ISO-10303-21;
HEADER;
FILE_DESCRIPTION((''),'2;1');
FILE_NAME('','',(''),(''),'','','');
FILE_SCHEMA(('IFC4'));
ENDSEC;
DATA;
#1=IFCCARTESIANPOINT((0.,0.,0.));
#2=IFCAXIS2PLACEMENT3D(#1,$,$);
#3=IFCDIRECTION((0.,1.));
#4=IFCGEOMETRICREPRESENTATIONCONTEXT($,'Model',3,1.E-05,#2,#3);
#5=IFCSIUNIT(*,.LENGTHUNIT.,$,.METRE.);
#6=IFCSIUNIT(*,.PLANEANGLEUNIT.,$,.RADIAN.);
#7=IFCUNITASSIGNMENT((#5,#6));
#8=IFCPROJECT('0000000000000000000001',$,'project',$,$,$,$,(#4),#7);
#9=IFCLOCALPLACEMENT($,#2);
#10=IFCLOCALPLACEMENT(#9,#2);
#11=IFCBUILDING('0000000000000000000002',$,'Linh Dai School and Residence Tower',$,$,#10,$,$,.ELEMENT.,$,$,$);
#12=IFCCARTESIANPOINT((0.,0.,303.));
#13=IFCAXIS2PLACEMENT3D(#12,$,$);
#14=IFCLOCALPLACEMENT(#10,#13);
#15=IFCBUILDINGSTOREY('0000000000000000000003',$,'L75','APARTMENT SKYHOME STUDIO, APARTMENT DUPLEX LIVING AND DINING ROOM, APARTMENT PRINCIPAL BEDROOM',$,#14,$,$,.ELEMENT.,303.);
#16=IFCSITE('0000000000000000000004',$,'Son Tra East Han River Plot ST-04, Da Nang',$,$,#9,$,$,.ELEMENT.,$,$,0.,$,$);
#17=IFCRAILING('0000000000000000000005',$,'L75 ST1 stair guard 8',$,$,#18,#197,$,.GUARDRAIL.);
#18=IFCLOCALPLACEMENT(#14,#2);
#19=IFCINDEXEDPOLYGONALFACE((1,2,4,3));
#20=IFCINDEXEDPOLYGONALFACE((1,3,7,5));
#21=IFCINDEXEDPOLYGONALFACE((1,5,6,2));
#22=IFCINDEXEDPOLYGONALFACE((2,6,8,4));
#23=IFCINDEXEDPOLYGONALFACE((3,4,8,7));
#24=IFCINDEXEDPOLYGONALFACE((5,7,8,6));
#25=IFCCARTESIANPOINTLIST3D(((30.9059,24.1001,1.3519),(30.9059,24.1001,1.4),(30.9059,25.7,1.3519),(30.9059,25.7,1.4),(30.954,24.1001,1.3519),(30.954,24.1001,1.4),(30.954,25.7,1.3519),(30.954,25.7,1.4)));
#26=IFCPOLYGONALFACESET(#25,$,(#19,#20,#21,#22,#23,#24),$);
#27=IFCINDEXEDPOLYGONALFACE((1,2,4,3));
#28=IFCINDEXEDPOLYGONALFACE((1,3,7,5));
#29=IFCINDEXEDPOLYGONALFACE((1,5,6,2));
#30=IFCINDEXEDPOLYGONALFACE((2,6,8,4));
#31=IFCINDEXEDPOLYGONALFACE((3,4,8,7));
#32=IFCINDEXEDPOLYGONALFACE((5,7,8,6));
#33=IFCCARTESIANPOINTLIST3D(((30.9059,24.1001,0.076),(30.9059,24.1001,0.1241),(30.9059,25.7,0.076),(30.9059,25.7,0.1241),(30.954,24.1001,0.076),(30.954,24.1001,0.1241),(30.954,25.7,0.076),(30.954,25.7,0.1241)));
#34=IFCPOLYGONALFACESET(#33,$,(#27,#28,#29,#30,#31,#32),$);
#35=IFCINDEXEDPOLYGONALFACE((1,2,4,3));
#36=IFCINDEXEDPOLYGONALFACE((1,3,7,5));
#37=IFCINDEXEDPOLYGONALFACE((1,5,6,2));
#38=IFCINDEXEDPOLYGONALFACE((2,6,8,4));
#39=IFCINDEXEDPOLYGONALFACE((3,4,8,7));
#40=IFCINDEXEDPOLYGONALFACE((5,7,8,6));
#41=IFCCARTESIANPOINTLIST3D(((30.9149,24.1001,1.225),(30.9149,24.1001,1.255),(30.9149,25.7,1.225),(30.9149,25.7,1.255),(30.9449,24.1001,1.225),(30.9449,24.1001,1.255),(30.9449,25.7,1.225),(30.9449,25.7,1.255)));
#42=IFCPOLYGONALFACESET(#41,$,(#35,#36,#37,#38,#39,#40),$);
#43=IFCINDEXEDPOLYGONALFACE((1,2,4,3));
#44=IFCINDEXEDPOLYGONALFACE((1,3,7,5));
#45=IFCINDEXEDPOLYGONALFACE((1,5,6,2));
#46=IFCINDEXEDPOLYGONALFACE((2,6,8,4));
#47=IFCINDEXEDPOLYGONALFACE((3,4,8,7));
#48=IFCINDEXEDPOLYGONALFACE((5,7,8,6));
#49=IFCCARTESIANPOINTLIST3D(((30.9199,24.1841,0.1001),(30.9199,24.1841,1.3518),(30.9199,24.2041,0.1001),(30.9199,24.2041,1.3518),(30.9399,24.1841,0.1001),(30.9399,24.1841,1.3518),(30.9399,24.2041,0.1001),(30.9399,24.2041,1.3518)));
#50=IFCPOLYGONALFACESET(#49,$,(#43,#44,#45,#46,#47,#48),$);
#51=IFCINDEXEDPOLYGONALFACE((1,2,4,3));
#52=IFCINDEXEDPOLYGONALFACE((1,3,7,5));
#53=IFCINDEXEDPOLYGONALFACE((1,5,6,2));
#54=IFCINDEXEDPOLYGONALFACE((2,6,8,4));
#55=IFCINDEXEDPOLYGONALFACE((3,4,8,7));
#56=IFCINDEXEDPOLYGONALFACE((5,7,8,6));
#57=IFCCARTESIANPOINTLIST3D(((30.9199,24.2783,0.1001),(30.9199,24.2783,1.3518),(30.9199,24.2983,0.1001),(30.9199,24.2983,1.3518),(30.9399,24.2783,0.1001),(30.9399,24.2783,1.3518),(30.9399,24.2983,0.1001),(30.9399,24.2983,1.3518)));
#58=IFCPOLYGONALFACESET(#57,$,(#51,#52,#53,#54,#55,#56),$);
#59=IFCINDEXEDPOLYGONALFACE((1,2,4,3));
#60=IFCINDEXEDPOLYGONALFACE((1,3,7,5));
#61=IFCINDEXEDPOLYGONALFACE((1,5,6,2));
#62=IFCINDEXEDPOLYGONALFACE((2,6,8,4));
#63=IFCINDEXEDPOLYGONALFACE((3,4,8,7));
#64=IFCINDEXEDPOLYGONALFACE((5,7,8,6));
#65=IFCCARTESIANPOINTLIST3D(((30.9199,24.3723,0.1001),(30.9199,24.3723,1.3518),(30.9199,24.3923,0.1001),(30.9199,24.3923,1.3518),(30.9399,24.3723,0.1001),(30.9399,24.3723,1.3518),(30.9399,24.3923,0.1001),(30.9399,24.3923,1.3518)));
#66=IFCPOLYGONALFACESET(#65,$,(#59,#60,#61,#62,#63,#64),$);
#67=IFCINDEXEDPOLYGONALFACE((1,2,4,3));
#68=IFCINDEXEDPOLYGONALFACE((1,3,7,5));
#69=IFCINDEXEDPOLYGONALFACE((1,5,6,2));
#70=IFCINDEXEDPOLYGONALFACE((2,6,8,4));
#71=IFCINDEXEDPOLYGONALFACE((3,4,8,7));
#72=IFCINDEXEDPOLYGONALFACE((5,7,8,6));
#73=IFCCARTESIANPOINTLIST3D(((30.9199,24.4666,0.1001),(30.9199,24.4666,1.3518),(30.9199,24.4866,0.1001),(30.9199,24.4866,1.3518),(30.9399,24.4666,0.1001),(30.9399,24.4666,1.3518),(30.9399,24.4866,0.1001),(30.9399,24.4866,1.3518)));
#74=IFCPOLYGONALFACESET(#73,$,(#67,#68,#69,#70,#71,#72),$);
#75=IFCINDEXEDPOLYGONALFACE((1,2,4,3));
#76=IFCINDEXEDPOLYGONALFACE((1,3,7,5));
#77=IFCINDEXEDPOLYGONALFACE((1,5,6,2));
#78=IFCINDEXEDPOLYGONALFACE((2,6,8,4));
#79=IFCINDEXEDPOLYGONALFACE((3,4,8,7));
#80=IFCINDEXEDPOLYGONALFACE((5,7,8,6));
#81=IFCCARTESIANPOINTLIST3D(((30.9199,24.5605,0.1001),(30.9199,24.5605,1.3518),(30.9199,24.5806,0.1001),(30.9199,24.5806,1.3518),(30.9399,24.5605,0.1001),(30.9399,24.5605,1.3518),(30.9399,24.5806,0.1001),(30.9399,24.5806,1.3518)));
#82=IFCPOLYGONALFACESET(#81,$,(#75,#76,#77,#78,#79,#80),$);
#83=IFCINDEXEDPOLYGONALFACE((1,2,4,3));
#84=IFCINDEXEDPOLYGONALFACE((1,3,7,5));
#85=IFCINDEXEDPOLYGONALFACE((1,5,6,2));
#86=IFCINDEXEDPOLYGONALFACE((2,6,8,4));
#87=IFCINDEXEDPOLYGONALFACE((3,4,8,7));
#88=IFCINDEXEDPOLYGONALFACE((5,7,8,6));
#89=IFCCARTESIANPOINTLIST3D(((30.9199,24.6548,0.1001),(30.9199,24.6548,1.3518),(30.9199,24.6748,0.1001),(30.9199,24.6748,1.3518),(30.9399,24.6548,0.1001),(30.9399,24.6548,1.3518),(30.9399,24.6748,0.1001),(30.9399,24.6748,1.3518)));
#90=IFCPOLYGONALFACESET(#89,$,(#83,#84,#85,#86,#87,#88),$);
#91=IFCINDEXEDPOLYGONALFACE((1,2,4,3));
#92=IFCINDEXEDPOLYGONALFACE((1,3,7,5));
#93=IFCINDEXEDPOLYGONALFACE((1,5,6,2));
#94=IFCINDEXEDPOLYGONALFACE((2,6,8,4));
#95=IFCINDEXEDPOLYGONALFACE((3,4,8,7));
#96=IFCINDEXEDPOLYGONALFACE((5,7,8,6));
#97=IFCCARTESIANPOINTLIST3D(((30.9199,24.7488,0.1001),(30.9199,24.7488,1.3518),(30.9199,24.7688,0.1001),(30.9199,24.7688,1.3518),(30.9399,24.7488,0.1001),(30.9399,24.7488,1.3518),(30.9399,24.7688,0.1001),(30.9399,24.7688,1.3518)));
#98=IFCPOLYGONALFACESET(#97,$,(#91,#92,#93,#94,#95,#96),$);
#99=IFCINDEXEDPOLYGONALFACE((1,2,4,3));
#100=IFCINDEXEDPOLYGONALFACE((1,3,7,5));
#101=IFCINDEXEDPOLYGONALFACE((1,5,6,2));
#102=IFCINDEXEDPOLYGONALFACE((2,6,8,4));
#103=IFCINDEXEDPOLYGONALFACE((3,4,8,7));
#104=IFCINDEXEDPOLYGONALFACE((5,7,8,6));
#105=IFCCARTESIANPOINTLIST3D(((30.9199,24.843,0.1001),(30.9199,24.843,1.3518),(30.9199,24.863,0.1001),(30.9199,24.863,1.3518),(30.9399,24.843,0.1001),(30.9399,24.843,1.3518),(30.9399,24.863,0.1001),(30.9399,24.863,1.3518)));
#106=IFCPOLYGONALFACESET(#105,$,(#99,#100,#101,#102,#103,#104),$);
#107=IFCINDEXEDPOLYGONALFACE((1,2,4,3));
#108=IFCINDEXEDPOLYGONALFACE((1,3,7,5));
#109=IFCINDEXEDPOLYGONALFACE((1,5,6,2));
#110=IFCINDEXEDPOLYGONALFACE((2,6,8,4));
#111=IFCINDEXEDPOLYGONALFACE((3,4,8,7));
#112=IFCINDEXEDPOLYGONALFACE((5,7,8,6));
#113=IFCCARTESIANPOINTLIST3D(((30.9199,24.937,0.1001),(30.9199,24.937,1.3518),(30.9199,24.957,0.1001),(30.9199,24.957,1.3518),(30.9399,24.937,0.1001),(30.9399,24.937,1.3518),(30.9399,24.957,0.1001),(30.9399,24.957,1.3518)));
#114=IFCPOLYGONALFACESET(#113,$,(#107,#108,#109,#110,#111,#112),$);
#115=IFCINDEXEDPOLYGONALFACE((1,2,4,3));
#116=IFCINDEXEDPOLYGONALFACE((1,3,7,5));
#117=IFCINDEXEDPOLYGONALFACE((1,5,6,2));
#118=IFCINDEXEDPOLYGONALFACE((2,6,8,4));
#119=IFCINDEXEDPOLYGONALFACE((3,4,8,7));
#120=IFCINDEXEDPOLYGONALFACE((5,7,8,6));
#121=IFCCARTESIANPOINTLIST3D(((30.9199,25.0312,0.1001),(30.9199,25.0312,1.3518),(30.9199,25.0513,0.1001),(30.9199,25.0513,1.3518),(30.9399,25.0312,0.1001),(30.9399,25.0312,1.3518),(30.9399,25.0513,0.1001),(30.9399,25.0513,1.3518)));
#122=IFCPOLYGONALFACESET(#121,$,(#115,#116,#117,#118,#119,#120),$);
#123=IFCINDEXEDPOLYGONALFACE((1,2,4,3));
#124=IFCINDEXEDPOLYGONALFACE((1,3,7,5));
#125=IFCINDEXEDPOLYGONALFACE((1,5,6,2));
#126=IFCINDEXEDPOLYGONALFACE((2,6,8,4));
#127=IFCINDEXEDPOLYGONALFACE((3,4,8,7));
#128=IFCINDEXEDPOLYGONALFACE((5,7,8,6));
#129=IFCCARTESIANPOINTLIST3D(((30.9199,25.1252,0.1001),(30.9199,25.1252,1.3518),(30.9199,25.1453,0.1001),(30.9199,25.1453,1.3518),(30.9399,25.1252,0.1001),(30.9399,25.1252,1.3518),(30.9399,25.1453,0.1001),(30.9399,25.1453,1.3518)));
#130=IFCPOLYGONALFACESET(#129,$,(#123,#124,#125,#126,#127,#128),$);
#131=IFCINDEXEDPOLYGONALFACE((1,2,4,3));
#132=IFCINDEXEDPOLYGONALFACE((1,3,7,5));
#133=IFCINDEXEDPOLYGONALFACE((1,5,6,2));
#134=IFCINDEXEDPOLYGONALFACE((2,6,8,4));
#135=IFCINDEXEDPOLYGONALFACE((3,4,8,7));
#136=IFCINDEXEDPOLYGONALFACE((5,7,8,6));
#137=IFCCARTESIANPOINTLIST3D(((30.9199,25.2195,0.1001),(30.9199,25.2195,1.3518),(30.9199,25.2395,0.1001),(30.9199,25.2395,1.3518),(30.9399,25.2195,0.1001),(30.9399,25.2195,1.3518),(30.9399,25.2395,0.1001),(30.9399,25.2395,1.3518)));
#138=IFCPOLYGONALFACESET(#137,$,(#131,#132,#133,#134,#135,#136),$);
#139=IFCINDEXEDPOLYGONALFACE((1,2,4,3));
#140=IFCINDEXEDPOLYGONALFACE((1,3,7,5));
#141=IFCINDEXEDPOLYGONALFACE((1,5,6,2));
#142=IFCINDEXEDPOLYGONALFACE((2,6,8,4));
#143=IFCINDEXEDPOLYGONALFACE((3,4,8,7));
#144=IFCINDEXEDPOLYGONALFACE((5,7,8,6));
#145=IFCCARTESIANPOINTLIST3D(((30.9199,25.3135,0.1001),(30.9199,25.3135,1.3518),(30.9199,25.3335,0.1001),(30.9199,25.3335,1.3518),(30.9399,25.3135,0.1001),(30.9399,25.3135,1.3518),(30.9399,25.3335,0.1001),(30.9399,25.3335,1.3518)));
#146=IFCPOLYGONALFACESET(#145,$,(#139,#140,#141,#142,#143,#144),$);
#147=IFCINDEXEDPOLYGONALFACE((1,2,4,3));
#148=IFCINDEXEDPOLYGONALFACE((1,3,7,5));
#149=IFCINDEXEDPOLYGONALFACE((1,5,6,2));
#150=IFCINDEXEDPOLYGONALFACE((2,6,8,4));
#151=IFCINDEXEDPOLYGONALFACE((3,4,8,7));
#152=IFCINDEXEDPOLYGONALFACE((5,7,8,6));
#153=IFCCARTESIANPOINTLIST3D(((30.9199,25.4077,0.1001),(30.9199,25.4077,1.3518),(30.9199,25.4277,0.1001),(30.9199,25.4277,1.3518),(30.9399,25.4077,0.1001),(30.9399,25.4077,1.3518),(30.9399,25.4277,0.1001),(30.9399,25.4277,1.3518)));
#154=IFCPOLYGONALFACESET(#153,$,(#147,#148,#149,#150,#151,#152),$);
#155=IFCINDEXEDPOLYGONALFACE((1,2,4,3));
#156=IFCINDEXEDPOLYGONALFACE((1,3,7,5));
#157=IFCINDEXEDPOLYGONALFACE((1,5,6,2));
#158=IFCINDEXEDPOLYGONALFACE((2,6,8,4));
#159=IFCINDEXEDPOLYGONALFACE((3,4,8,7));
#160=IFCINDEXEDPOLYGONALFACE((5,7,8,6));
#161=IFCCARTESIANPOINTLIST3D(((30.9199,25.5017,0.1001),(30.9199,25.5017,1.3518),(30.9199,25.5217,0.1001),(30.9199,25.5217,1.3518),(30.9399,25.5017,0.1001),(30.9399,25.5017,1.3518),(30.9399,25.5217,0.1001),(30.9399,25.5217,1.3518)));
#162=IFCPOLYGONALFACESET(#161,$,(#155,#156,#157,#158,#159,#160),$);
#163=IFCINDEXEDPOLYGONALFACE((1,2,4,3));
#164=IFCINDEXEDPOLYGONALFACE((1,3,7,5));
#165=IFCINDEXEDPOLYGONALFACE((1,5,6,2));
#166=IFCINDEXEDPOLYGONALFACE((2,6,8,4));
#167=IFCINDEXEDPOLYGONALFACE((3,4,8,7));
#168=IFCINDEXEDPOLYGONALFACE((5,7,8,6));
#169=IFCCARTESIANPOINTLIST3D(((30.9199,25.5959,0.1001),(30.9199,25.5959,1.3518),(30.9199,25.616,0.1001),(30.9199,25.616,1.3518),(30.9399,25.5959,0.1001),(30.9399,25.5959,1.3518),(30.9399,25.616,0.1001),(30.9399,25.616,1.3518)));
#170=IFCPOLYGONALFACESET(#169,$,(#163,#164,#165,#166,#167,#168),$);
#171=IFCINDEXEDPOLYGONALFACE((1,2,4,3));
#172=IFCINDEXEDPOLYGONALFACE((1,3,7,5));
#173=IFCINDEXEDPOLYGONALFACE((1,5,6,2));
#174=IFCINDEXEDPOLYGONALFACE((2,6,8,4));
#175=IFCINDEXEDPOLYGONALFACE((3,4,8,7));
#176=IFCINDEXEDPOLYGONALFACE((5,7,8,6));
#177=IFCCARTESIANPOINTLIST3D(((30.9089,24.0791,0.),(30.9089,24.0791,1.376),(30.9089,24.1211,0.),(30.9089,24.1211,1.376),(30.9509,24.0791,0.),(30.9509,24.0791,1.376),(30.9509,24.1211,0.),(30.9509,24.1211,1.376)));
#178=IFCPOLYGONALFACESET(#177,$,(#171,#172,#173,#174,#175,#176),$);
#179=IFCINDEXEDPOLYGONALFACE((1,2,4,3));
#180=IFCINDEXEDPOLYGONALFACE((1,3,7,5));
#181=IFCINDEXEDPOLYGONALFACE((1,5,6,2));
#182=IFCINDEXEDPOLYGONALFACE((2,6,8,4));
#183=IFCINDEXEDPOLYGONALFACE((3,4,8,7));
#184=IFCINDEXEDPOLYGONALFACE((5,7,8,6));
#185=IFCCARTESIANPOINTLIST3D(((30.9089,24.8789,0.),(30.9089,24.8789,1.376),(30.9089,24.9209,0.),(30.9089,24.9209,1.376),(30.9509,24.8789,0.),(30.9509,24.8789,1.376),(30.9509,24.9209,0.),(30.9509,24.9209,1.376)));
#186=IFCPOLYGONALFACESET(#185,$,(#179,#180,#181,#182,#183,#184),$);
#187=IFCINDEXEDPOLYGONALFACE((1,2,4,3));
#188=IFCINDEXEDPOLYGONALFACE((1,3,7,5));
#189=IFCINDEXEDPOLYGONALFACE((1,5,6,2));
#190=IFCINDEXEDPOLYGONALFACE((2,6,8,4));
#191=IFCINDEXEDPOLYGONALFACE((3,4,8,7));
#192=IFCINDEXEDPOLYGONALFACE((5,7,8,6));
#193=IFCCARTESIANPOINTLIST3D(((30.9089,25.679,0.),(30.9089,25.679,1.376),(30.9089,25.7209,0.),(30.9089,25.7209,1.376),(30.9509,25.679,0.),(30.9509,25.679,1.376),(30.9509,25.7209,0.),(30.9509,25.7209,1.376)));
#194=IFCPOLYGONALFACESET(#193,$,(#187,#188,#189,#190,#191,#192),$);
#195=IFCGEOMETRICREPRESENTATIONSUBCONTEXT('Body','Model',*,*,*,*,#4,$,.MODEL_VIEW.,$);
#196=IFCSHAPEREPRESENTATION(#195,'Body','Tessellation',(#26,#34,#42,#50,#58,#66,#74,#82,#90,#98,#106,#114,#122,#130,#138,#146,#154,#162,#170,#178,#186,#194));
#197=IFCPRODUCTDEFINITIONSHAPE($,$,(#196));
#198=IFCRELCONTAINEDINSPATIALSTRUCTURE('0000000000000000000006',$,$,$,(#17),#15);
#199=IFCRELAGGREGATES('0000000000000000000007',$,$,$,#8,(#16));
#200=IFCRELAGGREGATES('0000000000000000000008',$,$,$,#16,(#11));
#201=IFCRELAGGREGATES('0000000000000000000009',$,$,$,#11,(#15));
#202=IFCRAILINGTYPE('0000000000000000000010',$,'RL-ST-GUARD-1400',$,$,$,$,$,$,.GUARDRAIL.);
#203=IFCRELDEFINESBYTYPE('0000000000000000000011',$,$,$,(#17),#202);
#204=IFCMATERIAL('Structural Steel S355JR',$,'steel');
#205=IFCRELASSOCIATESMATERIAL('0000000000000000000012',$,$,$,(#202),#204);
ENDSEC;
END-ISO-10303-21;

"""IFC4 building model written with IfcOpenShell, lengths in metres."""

from ifc_helpers import new_model, si_unit, direction, frame, origin, origin_2d, place, context, subcontext, project, spatial, rectangle, extrude, source, transform, mapped, material, type_object, element, save


model = new_model("IFC4")

# Units and contexts
model_context = context("Model", 3, precision=1e-05, world=origin(), true_north=direction((0.0, 1.0)))
body_context = subcontext(model_context, "Body", "Model", "MODEL_VIEW")
ifc_project = project(units=[si_unit("LENGTHUNIT", "METRE"), si_unit("PLANEANGLEUNIT", "RADIAN")], contexts=[model_context])

# Site, building, storey
site_placement = place(None, origin())
site = spatial("IfcSite", under=ifc_project, at=site_placement, Name="Son Tra East Han River Plot ST-04, Da Nang", CompositionType="ELEMENT", RefElevation=0.0)
building_placement = place(site_placement, origin())
building = spatial("IfcBuilding", under=site, at=building_placement, Name="Linh Dai School and Residence Tower", CompositionType="ELEMENT")
storey_placement = place(building_placement, frame((0.0, 0.0, 303.0)))
storey = spatial("IfcBuildingStorey", under=building, at=storey_placement, Name="L75", Description="APARTMENT SKYHOME STUDIO, APARTMENT DUPLEX LIVING AND DINING ROOM, APARTMENT PRINCIPAL BEDROOM", CompositionType="ELEMENT", Elevation=303.0)

# Shared definitions
ifc_material_1 = material(Name="Structural Steel S355JR", Category="steel")

# Railing
railing_type_1 = type_object("IfcRailingType", Name="RL-ST-GUARD-1400", PredefinedType="GUARDRAIL", material=ifc_material_1)
shared_shape_1 = source(origin(), body_context, "Body", "SweptSolid", [
    extrude(rectangle(XDim=0.0481, YDim=0.0481, at=origin_2d()), frame((0.0, 0.0, 1.376), z_axis=(0.0, 1.0, 0.0), x_axis=(-1.0, 0.0, 0.0)), (0.0, 0.0, 1.0), 1.5999),
    extrude(rectangle(XDim=0.0481, YDim=0.0481, at=origin_2d()), frame((0.0, 0.0, 0.1001), z_axis=(0.0, 1.0, 0.0), x_axis=(-1.0, 0.0, 0.0)), (0.0, 0.0, 1.0), 1.5999),
    extrude(rectangle(XDim=0.03, YDim=0.03, at=origin_2d()), frame((0.0, 0.0, 1.24), z_axis=(0.0, 1.0, 0.0), x_axis=(-1.0, 0.0, 0.0)), (0.0, 0.0, 1.0), 1.5999),
    extrude(rectangle(XDim=0.02, YDim=0.02, at=origin_2d()), frame((0.0, 0.094, 0.1001)), (0.0, 0.0, 1.0), 1.2517),
    extrude(rectangle(XDim=0.02, YDim=0.02, at=origin_2d()), frame((0.0, 0.1882, 0.1001)), (0.0, 0.0, 1.0), 1.2517),
    extrude(rectangle(XDim=0.02, YDim=0.02, at=origin_2d()), frame((0.0, 0.2822, 0.1001)), (0.0, 0.0, 1.0), 1.2517),
    extrude(rectangle(XDim=0.02, YDim=0.02, at=origin_2d()), frame((0.0, 0.3765, 0.1001)), (0.0, 0.0, 1.0), 1.2517),
    extrude(rectangle(XDim=0.02, YDim=0.02, at=origin_2d()), frame((0.0, 0.4705, 0.1001)), (0.0, 0.0, 1.0), 1.2517),
    extrude(rectangle(XDim=0.02, YDim=0.02, at=origin_2d()), frame((0.0, 0.5647, 0.1001)), (0.0, 0.0, 1.0), 1.2517),
    extrude(rectangle(XDim=0.02, YDim=0.02, at=origin_2d()), frame((0.0, 0.6587, 0.1001)), (0.0, 0.0, 1.0), 1.2517),
    extrude(rectangle(XDim=0.02, YDim=0.02, at=origin_2d()), frame((0.0, 0.7529, 0.1001)), (0.0, 0.0, 1.0), 1.2517),
    extrude(rectangle(XDim=0.02, YDim=0.02, at=origin_2d()), frame((0.0, 0.8469, 0.1001)), (0.0, 0.0, 1.0), 1.2517),
    extrude(rectangle(XDim=0.02, YDim=0.02, at=origin_2d()), frame((0.0, 0.9412, 0.1001)), (0.0, 0.0, 1.0), 1.2517),
    extrude(rectangle(XDim=0.02, YDim=0.02, at=origin_2d()), frame((0.0, 1.0352, 0.1001)), (0.0, 0.0, 1.0), 1.2517),
    extrude(rectangle(XDim=0.02, YDim=0.02, at=origin_2d()), frame((0.0, 1.1294, 0.1001)), (0.0, 0.0, 1.0), 1.2517),
    extrude(rectangle(XDim=0.02, YDim=0.02, at=origin_2d()), frame((0.0, 1.2234, 0.1001)), (0.0, 0.0, 1.0), 1.2517),
    extrude(rectangle(XDim=0.02, YDim=0.02, at=origin_2d()), frame((0.0, 1.3176, 0.1001)), (0.0, 0.0, 1.0), 1.2517),
    extrude(rectangle(XDim=0.02, YDim=0.02, at=origin_2d()), frame((0.0, 1.4116, 0.1001)), (0.0, 0.0, 1.0), 1.2517),
    extrude(rectangle(XDim=0.02, YDim=0.02, at=origin_2d()), frame((0.0, 1.5059, 0.1001)), (0.0, 0.0, 1.0), 1.2517),
    extrude(rectangle(XDim=0.042, YDim=0.042, at=origin_2d()), origin(), (0.0, 0.0, 1.0), 1.376),
    extrude(rectangle(XDim=0.042, YDim=0.042, at=origin_2d()), frame((0.0, 0.7998, 0.0)), (0.0, 0.0, 1.0), 1.376),
    extrude(rectangle(XDim=0.042, YDim=0.042, at=origin_2d()), frame((0.0, 1.5999, 0.0)), (0.0, 0.0, 1.0), 1.376),
])
for number, where, name in (
    (1, (30.9299, 24.1001, 0.0), "L75 ST1 stair guard 8"),
):
    element("IfcRailing", number, at=place(storey_placement, frame(where)), inside=storey, type_object=railing_type_1, Name=name, PredefinedType="GUARDRAIL", context=body_context, shape_type="MappedRepresentation", body=[
        mapped(shared_shape_1, transform((0.0, 0.0, 0.0), x_axis=(1.0, 0.0, 0.0), y_axis=(0.0, 1.0, 0.0), z_axis=(0.0, 0.0, 1.0), scale=1.0)),
    ])

save(model, "model.ifc")
